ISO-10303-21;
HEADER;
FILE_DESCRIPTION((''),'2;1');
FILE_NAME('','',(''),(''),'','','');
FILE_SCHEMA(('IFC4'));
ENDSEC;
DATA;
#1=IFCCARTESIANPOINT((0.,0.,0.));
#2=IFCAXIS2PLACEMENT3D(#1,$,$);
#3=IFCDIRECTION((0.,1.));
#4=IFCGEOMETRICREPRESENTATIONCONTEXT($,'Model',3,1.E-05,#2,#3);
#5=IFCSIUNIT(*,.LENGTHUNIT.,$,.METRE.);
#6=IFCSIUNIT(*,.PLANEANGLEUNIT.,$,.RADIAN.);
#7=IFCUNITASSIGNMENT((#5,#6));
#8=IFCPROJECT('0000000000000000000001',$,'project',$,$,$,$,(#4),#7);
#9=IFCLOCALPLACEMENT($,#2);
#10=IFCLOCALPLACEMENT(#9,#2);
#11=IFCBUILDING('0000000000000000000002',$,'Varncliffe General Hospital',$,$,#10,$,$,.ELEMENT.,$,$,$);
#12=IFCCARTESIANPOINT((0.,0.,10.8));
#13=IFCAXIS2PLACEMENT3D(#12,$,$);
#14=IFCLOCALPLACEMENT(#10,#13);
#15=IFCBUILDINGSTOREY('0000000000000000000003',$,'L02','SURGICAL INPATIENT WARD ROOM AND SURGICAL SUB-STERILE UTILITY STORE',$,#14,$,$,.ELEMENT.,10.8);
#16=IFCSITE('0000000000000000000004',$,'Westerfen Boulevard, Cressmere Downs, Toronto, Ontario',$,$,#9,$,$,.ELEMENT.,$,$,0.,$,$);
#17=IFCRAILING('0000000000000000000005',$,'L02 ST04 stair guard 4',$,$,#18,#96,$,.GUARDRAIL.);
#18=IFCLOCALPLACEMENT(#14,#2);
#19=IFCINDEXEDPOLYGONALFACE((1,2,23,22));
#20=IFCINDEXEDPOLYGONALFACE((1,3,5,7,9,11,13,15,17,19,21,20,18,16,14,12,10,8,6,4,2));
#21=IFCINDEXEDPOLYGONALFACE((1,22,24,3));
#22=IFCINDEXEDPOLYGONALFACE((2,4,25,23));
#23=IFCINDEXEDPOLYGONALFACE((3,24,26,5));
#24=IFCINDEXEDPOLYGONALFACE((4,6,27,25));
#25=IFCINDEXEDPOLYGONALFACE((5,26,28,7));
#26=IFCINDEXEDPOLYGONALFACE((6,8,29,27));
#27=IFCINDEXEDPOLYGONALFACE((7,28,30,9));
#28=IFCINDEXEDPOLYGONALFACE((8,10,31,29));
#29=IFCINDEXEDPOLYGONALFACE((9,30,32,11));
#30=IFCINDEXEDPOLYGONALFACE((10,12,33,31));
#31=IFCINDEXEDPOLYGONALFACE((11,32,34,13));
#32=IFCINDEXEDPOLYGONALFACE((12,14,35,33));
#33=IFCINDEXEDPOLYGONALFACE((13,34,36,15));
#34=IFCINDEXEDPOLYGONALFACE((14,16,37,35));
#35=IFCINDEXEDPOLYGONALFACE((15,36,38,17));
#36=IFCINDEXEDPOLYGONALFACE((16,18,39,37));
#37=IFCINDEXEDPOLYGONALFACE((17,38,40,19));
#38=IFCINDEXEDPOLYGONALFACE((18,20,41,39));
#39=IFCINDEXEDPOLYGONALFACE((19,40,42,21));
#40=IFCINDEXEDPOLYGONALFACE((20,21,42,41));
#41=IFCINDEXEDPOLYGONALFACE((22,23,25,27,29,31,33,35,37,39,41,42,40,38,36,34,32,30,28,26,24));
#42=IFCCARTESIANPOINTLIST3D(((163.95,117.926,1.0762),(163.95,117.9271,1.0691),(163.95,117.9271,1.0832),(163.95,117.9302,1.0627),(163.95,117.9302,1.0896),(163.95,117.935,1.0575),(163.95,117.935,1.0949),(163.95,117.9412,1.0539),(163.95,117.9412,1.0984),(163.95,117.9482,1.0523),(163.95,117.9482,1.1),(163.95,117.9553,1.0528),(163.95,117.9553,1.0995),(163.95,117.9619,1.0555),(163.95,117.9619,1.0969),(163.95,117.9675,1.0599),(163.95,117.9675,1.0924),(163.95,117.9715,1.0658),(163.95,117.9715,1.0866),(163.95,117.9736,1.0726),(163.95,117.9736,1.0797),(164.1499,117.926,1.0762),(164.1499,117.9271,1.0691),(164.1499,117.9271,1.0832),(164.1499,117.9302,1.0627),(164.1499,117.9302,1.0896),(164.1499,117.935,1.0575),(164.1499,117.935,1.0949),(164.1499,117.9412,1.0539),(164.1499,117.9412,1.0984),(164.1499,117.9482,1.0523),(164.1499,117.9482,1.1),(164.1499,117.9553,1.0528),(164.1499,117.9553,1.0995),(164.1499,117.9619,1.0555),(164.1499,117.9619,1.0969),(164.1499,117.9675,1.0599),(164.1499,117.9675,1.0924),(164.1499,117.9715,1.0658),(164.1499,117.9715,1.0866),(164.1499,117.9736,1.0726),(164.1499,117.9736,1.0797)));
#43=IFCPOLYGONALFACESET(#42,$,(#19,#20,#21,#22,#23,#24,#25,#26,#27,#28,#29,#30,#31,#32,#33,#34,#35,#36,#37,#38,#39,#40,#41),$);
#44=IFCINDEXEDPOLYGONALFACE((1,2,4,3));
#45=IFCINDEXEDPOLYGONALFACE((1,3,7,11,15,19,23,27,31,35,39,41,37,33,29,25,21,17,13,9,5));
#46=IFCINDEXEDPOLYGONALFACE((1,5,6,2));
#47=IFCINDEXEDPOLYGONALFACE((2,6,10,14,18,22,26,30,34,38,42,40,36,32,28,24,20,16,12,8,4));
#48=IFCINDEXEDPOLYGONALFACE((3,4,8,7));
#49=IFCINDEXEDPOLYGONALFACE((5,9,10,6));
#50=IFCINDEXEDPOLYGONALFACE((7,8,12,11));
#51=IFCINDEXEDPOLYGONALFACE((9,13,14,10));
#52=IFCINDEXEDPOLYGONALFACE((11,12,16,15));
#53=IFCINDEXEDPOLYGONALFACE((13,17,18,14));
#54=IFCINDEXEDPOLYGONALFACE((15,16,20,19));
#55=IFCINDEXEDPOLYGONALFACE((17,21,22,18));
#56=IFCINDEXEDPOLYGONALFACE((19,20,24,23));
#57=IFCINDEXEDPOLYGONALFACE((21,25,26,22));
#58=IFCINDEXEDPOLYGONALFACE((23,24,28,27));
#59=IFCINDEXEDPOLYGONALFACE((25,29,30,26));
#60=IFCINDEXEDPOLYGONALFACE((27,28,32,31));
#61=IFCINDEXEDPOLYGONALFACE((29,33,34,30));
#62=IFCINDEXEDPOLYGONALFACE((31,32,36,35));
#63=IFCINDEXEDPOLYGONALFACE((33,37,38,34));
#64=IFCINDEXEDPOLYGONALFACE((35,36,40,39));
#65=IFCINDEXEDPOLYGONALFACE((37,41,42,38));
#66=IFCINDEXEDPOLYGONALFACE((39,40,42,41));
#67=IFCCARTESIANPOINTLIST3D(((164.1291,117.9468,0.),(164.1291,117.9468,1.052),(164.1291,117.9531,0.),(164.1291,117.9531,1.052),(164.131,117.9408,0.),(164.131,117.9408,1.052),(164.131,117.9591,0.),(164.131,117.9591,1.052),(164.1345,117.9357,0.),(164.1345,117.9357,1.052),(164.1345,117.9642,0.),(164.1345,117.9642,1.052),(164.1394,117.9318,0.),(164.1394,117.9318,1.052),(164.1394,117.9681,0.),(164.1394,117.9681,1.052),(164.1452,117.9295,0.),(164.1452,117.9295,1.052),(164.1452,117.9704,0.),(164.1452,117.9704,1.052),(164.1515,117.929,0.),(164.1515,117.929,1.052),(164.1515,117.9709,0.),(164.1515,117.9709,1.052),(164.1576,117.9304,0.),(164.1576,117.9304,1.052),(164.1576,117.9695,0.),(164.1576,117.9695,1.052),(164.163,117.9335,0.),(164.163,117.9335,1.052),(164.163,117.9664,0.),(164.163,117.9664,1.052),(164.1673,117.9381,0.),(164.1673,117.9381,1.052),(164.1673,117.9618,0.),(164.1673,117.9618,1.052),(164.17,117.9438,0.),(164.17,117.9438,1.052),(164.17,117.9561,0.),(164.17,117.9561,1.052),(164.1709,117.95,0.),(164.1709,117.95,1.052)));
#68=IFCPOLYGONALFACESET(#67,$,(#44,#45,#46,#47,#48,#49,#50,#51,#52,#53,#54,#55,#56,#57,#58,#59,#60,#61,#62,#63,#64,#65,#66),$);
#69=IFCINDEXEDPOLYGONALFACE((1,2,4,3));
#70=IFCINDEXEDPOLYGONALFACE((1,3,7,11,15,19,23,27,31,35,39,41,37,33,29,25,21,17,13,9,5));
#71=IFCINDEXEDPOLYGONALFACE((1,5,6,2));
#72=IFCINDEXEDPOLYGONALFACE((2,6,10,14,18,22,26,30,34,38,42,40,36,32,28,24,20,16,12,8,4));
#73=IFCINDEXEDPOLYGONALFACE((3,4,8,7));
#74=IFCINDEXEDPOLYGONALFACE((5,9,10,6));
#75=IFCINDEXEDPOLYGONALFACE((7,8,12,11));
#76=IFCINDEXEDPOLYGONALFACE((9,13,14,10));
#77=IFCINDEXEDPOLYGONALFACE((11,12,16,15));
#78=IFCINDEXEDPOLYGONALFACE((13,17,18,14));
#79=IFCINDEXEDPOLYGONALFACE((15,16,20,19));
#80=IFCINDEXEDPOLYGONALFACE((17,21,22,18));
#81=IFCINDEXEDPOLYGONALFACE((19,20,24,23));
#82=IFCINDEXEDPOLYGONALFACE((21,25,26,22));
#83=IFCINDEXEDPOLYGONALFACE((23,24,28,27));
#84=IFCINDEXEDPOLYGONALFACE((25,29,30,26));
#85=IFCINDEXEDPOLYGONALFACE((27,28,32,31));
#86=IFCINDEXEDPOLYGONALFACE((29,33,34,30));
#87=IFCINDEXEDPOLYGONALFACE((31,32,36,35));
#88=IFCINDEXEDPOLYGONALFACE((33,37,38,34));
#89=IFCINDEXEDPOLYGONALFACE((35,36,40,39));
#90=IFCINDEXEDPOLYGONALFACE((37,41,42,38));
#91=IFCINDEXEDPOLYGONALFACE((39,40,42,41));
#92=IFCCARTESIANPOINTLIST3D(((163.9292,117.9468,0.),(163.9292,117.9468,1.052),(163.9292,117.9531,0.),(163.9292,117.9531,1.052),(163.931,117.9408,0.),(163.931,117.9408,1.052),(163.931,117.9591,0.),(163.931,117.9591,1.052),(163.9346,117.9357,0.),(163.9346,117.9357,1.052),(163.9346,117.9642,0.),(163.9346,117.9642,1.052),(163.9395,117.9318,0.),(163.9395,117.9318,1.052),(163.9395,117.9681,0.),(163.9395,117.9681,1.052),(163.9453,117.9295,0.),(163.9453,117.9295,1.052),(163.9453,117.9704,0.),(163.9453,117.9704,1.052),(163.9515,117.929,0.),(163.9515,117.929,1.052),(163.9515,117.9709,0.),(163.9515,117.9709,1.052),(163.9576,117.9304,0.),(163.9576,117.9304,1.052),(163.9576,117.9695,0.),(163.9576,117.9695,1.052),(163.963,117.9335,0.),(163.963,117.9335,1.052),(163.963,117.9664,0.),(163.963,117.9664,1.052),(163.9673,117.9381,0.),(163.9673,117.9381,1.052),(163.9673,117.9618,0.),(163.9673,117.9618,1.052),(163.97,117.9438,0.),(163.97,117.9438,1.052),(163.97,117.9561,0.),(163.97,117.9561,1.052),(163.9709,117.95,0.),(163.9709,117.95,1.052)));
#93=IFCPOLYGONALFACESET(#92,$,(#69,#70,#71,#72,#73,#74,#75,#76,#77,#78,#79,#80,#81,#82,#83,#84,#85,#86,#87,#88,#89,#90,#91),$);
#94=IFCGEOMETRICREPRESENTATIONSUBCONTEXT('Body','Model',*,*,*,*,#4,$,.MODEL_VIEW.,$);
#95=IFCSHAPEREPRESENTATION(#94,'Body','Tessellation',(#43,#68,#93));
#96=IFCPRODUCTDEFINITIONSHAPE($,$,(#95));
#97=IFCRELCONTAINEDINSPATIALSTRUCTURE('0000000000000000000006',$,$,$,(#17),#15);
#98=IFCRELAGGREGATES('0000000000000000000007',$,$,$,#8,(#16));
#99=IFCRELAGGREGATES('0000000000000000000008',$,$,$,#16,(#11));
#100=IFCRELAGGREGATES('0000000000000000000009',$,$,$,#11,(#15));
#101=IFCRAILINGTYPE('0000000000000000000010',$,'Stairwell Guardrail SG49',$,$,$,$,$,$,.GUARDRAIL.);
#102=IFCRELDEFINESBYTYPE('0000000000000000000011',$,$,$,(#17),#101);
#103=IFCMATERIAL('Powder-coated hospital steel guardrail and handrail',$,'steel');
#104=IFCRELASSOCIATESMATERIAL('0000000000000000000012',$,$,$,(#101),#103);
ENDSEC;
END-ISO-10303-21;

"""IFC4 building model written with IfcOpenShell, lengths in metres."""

from ifc_helpers import new_model, si_unit, direction, frame, origin, origin_2d, place, context, subcontext, project, spatial, circle, extrude, material, type_object, element, save


model = new_model("IFC4")

# Units and contexts
model_context = context("Model", 3, precision=1e-05, world=origin(), true_north=direction((0.0, 1.0)))
body_context = subcontext(model_context, "Body", "Model", "MODEL_VIEW")
ifc_project = project(units=[si_unit("LENGTHUNIT", "METRE"), si_unit("PLANEANGLEUNIT", "RADIAN")], contexts=[model_context])

# Site, building, storey
site_placement = place(None, origin())
site = spatial("IfcSite", under=ifc_project, at=site_placement, Name="Westerfen Boulevard, Cressmere Downs, Toronto, Ontario", CompositionType="ELEMENT", RefElevation=0.0)
building_placement = place(site_placement, origin())
building = spatial("IfcBuilding", under=site, at=building_placement, Name="Varncliffe General Hospital", CompositionType="ELEMENT")
storey_placement = place(building_placement, frame((0.0, 0.0, 10.8)))
storey = spatial("IfcBuildingStorey", under=building, at=storey_placement, Name="L02", Description="SURGICAL INPATIENT WARD ROOM AND SURGICAL SUB-STERILE UTILITY STORE", CompositionType="ELEMENT", Elevation=10.8)

# Railing
ifc_material_1 = material(Name="Powder-coated hospital steel guardrail and handrail", Category="steel")
railing_type_1 = type_object("IfcRailingType", Name="Stairwell Guardrail SG49", PredefinedType="GUARDRAIL", material=ifc_material_1)
railing_1_placement = place(storey_placement, frame((164.1499, 117.95, 0.0)))
element("IfcRailing", 1, at=railing_1_placement, inside=storey, type_object=railing_type_1, Name="L02 ST04 stair guard 4", PredefinedType="GUARDRAIL", context=body_context, shape_type="SweptSolid", body=[
    extrude(circle(Radius=0.0239, at=origin_2d()), frame((0.0, 0.0, 1.0762), z_axis=(-1.0, 0.0, 0.0), x_axis=(0.0, -1.0, 0.0)), (0.0, 0.0, 1.0), 0.2),
    extrude(circle(Radius=0.021, at=origin_2d()), origin(), (0.0, 0.0, 1.0), 1.052),
    extrude(circle(Radius=0.021, at=origin_2d()), frame((-0.2, 0.0, 0.0)), (0.0, 0.0, 1.0), 1.052),
])

save(model, "model.ifc")
